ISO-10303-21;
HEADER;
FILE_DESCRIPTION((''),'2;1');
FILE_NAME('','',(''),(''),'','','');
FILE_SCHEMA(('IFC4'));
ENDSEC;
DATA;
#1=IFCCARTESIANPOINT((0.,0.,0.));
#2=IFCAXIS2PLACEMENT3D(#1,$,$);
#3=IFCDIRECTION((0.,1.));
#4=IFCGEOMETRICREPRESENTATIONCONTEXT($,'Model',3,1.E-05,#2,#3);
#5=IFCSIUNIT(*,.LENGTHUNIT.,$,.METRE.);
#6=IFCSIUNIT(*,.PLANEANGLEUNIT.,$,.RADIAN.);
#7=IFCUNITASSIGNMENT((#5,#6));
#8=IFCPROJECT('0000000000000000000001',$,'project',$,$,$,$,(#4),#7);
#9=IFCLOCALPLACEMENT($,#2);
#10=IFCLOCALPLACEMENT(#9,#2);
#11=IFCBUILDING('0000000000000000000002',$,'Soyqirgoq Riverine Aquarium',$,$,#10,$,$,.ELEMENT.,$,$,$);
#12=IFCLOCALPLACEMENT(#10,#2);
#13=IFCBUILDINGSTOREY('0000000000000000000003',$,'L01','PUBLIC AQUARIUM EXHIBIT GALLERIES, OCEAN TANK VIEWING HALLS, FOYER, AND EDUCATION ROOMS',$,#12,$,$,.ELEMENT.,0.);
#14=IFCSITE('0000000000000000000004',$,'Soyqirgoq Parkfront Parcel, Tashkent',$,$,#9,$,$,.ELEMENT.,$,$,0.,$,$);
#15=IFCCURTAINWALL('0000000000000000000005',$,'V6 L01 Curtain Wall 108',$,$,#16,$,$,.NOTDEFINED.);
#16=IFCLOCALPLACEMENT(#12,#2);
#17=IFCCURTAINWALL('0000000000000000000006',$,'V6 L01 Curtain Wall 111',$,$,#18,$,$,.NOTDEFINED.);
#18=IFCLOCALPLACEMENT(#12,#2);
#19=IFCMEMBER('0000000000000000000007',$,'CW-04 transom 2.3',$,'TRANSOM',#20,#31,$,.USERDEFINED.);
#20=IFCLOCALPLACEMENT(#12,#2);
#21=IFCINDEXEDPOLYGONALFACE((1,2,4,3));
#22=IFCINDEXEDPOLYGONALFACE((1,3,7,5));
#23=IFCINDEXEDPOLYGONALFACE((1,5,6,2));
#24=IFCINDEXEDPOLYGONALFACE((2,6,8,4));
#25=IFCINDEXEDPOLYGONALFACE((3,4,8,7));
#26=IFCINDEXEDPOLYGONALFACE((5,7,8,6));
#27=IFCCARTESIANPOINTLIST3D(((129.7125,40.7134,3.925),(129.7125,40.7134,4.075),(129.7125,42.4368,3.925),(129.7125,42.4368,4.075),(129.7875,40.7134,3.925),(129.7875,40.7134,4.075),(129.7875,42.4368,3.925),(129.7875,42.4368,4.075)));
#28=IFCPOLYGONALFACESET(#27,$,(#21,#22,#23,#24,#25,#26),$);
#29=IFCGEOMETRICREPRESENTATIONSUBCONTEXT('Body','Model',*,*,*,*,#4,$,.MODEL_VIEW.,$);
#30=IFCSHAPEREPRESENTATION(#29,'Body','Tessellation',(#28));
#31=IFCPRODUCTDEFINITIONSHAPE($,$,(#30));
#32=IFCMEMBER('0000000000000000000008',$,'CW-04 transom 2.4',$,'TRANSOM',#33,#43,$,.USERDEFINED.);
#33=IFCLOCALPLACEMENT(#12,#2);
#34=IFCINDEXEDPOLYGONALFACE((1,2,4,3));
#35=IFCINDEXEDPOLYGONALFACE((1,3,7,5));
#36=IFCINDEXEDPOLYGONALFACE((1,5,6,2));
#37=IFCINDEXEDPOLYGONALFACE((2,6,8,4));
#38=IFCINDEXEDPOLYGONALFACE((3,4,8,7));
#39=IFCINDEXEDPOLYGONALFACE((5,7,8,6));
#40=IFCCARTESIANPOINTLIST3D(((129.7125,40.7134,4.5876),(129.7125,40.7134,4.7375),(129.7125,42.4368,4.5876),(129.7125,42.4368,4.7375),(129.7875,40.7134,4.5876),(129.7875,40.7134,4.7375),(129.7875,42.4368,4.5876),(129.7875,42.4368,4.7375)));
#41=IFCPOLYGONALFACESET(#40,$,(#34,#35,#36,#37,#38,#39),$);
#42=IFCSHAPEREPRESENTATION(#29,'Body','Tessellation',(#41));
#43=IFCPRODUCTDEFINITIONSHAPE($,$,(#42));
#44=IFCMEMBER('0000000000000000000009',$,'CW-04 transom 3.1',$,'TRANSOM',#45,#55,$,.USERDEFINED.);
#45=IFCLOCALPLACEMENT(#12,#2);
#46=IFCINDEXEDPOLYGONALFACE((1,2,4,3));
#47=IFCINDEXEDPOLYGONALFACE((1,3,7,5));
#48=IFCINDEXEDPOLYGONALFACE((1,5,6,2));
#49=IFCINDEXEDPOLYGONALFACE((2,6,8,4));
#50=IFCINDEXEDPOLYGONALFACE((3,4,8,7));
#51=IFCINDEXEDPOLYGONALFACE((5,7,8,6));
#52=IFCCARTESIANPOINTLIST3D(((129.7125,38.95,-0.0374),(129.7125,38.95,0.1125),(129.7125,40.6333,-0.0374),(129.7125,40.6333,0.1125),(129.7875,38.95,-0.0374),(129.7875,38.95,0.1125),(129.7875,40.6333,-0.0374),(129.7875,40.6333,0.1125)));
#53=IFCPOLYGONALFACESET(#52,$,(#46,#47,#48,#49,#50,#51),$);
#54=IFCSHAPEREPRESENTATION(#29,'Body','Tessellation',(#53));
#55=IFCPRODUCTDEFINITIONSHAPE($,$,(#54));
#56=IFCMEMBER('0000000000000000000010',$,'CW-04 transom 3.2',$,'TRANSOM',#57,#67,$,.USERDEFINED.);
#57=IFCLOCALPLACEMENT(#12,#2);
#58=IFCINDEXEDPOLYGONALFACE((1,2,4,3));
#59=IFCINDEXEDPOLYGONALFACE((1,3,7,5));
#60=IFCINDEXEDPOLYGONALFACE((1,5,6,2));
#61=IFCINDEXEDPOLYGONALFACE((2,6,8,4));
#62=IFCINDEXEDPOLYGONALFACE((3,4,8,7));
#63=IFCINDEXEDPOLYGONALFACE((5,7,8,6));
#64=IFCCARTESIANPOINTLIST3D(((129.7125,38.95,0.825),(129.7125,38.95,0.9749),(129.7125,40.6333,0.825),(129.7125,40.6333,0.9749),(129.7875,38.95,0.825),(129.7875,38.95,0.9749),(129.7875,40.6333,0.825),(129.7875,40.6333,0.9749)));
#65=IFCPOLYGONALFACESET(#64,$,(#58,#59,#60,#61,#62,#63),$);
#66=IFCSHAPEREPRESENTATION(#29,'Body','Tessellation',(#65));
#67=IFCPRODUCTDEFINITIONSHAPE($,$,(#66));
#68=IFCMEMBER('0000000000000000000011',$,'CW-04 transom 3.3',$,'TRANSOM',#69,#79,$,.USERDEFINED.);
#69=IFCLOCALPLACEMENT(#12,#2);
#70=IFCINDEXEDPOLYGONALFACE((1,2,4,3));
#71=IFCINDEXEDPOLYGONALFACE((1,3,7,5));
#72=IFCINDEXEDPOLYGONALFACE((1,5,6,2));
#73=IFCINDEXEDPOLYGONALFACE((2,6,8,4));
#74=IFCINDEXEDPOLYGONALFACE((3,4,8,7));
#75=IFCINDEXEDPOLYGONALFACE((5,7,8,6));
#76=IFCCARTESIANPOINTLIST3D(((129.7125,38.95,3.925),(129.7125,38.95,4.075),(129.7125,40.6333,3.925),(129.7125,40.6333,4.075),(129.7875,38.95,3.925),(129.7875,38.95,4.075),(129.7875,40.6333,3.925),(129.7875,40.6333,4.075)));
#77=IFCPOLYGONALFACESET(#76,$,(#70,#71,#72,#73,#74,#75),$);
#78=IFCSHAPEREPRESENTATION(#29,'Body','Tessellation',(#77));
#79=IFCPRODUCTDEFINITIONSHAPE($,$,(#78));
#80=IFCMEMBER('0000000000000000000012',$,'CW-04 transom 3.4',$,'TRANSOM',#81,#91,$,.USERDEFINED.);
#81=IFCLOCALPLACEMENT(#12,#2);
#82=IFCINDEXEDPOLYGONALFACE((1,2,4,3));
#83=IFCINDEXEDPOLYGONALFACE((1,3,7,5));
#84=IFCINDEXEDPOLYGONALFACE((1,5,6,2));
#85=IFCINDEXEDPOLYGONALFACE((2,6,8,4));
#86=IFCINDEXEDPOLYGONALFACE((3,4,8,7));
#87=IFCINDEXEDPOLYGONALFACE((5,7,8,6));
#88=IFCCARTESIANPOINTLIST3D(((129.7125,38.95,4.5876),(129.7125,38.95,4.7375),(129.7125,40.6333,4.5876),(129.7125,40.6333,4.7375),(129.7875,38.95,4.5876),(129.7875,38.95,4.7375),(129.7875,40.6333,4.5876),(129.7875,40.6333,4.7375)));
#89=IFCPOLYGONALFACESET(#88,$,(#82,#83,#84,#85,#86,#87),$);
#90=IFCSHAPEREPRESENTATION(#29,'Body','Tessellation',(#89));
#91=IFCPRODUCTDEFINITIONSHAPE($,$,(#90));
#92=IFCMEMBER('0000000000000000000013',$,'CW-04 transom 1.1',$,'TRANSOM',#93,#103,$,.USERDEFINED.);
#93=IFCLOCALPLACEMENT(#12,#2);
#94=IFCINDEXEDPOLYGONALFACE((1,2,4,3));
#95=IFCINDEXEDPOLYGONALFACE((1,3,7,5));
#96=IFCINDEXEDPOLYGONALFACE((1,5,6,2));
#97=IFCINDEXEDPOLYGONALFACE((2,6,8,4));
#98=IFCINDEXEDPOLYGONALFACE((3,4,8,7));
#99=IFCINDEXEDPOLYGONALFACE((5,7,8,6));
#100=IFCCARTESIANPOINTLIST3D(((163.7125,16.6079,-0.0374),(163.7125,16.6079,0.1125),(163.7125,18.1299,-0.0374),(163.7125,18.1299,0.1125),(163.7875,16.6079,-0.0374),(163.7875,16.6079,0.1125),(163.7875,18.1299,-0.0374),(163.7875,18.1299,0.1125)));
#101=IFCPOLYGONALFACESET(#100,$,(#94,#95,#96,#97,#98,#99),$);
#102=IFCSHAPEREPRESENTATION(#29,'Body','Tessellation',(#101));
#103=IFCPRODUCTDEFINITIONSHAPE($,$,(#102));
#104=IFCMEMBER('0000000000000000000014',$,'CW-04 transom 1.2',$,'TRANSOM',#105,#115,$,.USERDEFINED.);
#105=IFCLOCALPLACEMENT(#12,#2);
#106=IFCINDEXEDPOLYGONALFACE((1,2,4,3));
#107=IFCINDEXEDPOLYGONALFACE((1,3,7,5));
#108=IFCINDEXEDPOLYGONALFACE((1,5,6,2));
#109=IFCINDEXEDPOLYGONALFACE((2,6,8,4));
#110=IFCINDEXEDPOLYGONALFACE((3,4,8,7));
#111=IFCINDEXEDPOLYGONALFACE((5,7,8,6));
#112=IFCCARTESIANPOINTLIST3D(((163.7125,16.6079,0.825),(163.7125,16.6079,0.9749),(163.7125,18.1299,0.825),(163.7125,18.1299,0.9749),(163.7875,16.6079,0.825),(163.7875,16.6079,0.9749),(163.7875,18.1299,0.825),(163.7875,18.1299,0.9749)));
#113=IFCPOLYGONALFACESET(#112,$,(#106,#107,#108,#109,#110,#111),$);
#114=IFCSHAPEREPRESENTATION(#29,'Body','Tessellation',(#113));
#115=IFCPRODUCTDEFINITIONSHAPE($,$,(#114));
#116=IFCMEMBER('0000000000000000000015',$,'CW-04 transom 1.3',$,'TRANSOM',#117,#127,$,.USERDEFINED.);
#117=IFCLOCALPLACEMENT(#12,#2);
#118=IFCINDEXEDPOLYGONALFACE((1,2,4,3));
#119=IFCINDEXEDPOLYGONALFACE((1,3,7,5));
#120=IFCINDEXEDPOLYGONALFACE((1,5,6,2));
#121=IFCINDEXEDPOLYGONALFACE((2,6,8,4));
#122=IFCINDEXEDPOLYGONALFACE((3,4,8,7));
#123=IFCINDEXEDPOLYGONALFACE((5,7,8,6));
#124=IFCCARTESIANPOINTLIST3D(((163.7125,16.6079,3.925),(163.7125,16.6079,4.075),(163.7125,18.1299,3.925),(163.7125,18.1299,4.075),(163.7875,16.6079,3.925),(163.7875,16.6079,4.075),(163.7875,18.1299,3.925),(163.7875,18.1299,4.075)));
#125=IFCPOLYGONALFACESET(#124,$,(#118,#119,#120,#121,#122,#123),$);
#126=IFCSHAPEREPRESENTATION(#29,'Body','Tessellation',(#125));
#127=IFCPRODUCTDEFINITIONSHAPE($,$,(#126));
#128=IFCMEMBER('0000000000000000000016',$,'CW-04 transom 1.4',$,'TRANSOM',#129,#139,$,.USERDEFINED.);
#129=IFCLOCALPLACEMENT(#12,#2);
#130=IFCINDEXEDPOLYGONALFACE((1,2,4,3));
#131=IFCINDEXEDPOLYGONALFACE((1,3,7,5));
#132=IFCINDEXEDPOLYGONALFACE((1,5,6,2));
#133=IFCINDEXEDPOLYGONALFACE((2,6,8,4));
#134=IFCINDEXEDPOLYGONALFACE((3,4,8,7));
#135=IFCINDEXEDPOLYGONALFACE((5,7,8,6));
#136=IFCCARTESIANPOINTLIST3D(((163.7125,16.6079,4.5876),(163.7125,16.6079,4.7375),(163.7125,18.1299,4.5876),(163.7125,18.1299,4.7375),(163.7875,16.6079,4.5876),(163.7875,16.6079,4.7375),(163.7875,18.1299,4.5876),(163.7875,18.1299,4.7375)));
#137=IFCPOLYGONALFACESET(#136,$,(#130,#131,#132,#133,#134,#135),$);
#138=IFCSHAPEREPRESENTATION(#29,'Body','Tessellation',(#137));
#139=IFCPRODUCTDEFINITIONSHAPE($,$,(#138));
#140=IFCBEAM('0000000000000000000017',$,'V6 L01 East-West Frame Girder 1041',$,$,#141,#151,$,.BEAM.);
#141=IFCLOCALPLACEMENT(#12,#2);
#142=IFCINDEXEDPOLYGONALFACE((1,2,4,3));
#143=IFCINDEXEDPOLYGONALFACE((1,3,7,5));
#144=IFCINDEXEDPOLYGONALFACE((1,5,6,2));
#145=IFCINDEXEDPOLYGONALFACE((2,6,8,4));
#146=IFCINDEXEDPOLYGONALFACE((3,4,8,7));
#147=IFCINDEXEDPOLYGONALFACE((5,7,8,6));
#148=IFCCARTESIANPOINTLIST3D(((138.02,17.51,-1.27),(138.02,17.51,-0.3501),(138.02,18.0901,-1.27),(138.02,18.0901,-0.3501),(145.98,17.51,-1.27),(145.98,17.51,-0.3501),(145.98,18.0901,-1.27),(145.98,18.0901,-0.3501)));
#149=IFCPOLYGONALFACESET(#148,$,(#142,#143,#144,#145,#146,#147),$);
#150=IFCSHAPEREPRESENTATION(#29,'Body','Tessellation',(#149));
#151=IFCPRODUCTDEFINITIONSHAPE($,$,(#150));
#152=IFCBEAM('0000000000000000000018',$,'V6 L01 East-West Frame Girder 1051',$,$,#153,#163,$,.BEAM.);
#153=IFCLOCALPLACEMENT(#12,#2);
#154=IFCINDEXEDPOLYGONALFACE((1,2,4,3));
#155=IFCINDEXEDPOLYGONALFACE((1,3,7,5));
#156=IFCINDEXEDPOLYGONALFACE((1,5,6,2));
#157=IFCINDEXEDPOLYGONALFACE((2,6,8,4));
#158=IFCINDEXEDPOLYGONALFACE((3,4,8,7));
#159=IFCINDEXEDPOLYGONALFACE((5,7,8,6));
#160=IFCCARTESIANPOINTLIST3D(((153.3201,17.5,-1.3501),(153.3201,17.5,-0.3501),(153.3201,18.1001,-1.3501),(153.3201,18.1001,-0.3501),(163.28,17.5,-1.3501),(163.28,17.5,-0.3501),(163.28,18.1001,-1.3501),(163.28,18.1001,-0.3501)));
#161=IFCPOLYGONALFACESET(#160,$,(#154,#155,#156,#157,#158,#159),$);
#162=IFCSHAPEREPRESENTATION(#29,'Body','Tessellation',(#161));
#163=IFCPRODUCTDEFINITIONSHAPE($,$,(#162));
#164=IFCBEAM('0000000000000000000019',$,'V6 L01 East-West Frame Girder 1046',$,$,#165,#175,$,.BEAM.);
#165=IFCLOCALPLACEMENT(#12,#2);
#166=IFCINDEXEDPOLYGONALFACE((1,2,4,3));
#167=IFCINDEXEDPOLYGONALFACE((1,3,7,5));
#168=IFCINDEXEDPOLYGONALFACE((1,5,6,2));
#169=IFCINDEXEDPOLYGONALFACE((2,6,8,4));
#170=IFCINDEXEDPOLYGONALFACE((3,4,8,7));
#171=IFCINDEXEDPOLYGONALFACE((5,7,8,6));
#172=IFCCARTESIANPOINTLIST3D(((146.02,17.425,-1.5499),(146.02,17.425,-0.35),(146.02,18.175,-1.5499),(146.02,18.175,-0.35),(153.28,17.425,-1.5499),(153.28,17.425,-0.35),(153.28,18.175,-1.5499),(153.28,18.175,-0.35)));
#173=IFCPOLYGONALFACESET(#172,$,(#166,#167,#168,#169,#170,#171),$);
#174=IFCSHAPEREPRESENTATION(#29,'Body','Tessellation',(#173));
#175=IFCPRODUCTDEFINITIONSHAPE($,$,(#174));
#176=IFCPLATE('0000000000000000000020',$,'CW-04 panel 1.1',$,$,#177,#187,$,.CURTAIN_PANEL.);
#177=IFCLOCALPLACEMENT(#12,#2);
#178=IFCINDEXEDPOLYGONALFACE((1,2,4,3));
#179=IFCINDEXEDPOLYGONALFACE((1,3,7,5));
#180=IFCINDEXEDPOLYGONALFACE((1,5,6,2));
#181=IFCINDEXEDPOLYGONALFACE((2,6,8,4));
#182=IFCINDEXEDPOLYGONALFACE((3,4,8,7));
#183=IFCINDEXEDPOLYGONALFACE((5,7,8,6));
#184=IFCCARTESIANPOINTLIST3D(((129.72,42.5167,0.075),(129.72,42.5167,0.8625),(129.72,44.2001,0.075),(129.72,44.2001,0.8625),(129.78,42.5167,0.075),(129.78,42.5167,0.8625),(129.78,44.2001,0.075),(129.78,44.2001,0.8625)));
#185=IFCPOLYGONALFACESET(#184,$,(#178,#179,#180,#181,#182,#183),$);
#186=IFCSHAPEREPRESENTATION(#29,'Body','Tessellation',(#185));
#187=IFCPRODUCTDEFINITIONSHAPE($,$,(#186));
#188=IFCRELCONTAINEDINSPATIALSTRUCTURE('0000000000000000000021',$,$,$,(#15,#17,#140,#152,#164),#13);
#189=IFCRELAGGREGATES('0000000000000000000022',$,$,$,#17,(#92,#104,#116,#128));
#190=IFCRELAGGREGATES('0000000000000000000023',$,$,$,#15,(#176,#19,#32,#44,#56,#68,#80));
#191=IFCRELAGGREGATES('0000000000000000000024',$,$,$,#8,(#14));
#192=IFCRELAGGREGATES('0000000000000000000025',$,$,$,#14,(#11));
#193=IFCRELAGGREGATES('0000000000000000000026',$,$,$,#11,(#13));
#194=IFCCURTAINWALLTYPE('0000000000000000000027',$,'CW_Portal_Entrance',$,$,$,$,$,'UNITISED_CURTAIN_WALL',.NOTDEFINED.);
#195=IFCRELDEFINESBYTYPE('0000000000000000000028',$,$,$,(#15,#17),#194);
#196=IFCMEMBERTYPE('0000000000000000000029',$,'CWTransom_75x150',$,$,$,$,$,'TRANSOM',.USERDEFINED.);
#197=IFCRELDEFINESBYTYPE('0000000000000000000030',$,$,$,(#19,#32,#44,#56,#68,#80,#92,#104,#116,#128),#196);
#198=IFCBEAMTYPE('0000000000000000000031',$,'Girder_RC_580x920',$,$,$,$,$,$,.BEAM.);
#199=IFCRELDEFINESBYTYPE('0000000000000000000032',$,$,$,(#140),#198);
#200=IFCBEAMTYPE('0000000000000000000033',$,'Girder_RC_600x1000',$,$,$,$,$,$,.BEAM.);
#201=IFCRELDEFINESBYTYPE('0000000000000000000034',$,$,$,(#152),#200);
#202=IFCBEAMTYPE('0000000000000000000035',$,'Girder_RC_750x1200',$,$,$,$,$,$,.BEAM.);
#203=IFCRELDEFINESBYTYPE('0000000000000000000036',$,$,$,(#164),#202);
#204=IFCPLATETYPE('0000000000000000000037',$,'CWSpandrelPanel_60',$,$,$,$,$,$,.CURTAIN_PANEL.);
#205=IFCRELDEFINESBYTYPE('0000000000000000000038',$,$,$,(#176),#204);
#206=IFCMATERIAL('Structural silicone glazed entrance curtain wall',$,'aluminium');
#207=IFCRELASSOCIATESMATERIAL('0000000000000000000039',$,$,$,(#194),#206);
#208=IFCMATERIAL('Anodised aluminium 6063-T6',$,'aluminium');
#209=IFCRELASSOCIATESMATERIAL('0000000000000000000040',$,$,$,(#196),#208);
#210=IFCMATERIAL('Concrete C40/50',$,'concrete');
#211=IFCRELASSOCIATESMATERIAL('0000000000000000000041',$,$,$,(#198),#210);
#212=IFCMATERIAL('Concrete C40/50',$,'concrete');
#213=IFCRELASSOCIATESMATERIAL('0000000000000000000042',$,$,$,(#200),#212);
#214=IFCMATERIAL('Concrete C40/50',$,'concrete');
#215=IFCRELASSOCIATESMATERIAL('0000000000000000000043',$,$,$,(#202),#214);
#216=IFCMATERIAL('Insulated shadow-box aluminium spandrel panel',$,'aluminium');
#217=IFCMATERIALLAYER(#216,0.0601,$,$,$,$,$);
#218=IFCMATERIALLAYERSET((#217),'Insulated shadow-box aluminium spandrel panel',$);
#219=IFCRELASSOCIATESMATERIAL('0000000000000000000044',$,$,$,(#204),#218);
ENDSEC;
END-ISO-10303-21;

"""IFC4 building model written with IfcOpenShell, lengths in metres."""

from ifc_helpers import new_model, si_unit, direction, frame, origin, origin_2d, place, context, subcontext, project, spatial, rectangle, extrude, material, layer, layer_set, material_profile, profile_set, type_object, element, aggregate, save


model = new_model("IFC4")

# Units and contexts
model_context = context("Model", 3, precision=1e-05, world=origin(), true_north=direction((0.0, 1.0)))
body_context = subcontext(model_context, "Body", "Model", "MODEL_VIEW")
ifc_project = project(units=[si_unit("LENGTHUNIT", "METRE"), si_unit("PLANEANGLEUNIT", "RADIAN")], contexts=[model_context])

# Site, building, storey
site_placement = place(None, origin())
site = spatial("IfcSite", under=ifc_project, at=site_placement, Name="Soyqirgoq Parkfront Parcel, Tashkent", CompositionType="ELEMENT", RefElevation=0.0)
building_placement = place(site_placement, origin())
building = spatial("IfcBuilding", under=site, at=building_placement, Name="Soyqirgoq Riverine Aquarium", CompositionType="ELEMENT")
storey_placement = place(building_placement, origin())
storey = spatial("IfcBuildingStorey", under=building, at=storey_placement, Name="L01", Description="PUBLIC AQUARIUM EXHIBIT GALLERIES, OCEAN TANK VIEWING HALLS, FOYER, AND EDUCATION ROOMS", CompositionType="ELEMENT", Elevation=0.0)

# Curtain wall
ifc_material_1 = material(Name="Structural silicone glazed entrance curtain wall", Category="aluminium")
curtain_wall_type = type_object("IfcCurtainWallType", Name="CW_Portal_Entrance", ElementType="UNITISED_CURTAIN_WALL", PredefinedType="NOTDEFINED", material=ifc_material_1)
curtain_wall_1_placement = place(storey_placement, origin())
curtain_wall_1 = element("IfcCurtainWall", 1, at=curtain_wall_1_placement, inside=storey, type_object=curtain_wall_type, Name="V6 L01 Curtain Wall 108", PredefinedType="NOTDEFINED")

# Curtain wall
curtain_wall_2_placement = place(storey_placement, origin())
curtain_wall_2 = element("IfcCurtainWall", 2, at=curtain_wall_2_placement, inside=storey, type_object=curtain_wall_type, Name="V6 L01 Curtain Wall 111", PredefinedType="NOTDEFINED")

# Members
ifc_material_2 = material(Name="Anodised aluminium 6063-T6", Category="aluminium")
ifc_material_profile_1 = material_profile(ifc_material_2, rectangle(XDim=0.075, YDim=0.1499, at=origin_2d()), Name="ALU-T 75x150")
ifc_profile_set_1 = profile_set([ifc_material_profile_1], Name="Anodised aluminium 6063-T6")
member_type_1 = type_object("IfcMemberType", Name="CWTransom_75x150", ElementType="TRANSOM", PredefinedType="USERDEFINED", material=ifc_profile_set_1)
member_1_placement = place(storey_placement, frame((129.75, 42.4368, 4.0), z_axis=(0.0, -1.0, 0.0), x_axis=(1.0, 0.0, 0.0)))
member_1 = element("IfcMember", 3, at=member_1_placement, type_object=member_type_1, Name="CW-04 transom 2.3", ObjectType="TRANSOM", PredefinedType="USERDEFINED", context=body_context, shape_type="SweptSolid", body=[
    extrude(rectangle(XDim=0.075, YDim=0.1499, at=origin_2d()), origin(), (0.0, 0.0, 1.0), 1.7234),
])
member_2_placement = place(storey_placement, frame((129.75, 42.4368, 4.6626), z_axis=(0.0, -1.0, 0.0), x_axis=(1.0, 0.0, 0.0)))
member_2 = element("IfcMember", 4, at=member_2_placement, type_object=member_type_1, Name="CW-04 transom 2.4", ObjectType="TRANSOM", PredefinedType="USERDEFINED", context=body_context, shape_type="SweptSolid", body=[
    extrude(rectangle(XDim=0.075, YDim=0.1499, at=origin_2d()), origin(), (0.0, 0.0, 1.0), 1.7234),
])
member_3_placement = place(storey_placement, frame((129.75, 40.6333, 0.0376), z_axis=(0.0, -1.0, 0.0), x_axis=(1.0, 0.0, 0.0)))
member_3 = element("IfcMember", 5, at=member_3_placement, type_object=member_type_1, Name="CW-04 transom 3.1", ObjectType="TRANSOM", PredefinedType="USERDEFINED", context=body_context, shape_type="SweptSolid", body=[
    extrude(rectangle(XDim=0.075, YDim=0.1499, at=origin_2d()), origin(), (0.0, 0.0, 1.0), 1.6833),
])
member_4_placement = place(storey_placement, frame((129.75, 40.6333, 0.8999), z_axis=(0.0, -1.0, 0.0), x_axis=(1.0, 0.0, 0.0)))
member_4 = element("IfcMember", 6, at=member_4_placement, type_object=member_type_1, Name="CW-04 transom 3.2", ObjectType="TRANSOM", PredefinedType="USERDEFINED", context=body_context, shape_type="SweptSolid", body=[
    extrude(rectangle(XDim=0.075, YDim=0.1499, at=origin_2d()), origin(), (0.0, 0.0, 1.0), 1.6833),
])
member_5_placement = place(storey_placement, frame((129.75, 40.6333, 4.0), z_axis=(0.0, -1.0, 0.0), x_axis=(1.0, 0.0, 0.0)))
member_5 = element("IfcMember", 7, at=member_5_placement, type_object=member_type_1, Name="CW-04 transom 3.3", ObjectType="TRANSOM", PredefinedType="USERDEFINED", context=body_context, shape_type="SweptSolid", body=[
    extrude(rectangle(XDim=0.075, YDim=0.1499, at=origin_2d()), origin(), (0.0, 0.0, 1.0), 1.6833),
])
member_6_placement = place(storey_placement, frame((129.75, 40.6333, 4.6626), z_axis=(0.0, -1.0, 0.0), x_axis=(1.0, 0.0, 0.0)))
member_6 = element("IfcMember", 8, at=member_6_placement, type_object=member_type_1, Name="CW-04 transom 3.4", ObjectType="TRANSOM", PredefinedType="USERDEFINED", context=body_context, shape_type="SweptSolid", body=[
    extrude(rectangle(XDim=0.075, YDim=0.1499, at=origin_2d()), origin(), (0.0, 0.0, 1.0), 1.6833),
])
member_7_placement = place(storey_placement, frame((163.75, 18.1299, 0.0376), z_axis=(0.0, -1.0, 0.0), x_axis=(1.0, 0.0, 0.0)))
member_7 = element("IfcMember", 9, at=member_7_placement, type_object=member_type_1, Name="CW-04 transom 1.1", ObjectType="TRANSOM", PredefinedType="USERDEFINED", context=body_context, shape_type="SweptSolid", body=[
    extrude(rectangle(XDim=0.075, YDim=0.1499, at=origin_2d()), origin(), (0.0, 0.0, 1.0), 1.522),
])
member_8_placement = place(storey_placement, frame((163.75, 18.1299, 0.8999), z_axis=(0.0, -1.0, 0.0), x_axis=(1.0, 0.0, 0.0)))
member_8 = element("IfcMember", 10, at=member_8_placement, type_object=member_type_1, Name="CW-04 transom 1.2", ObjectType="TRANSOM", PredefinedType="USERDEFINED", context=body_context, shape_type="SweptSolid", body=[
    extrude(rectangle(XDim=0.075, YDim=0.1499, at=origin_2d()), origin(), (0.0, 0.0, 1.0), 1.522),
])
member_9_placement = place(storey_placement, frame((163.75, 18.1299, 4.0), z_axis=(0.0, -1.0, 0.0), x_axis=(1.0, 0.0, 0.0)))
member_9 = element("IfcMember", 11, at=member_9_placement, type_object=member_type_1, Name="CW-04 transom 1.3", ObjectType="TRANSOM", PredefinedType="USERDEFINED", context=body_context, shape_type="SweptSolid", body=[
    extrude(rectangle(XDim=0.075, YDim=0.1499, at=origin_2d()), origin(), (0.0, 0.0, 1.0), 1.522),
])
member_10_placement = place(storey_placement, frame((163.75, 18.1299, 4.6626), z_axis=(0.0, -1.0, 0.0), x_axis=(1.0, 0.0, 0.0)))
member_10 = element("IfcMember", 12, at=member_10_placement, type_object=member_type_1, Name="CW-04 transom 1.4", ObjectType="TRANSOM", PredefinedType="USERDEFINED", context=body_context, shape_type="SweptSolid", body=[
    extrude(rectangle(XDim=0.075, YDim=0.1499, at=origin_2d()), origin(), (0.0, 0.0, 1.0), 1.522),
])
aggregate(curtain_wall_2, [member_7, member_8, member_9, member_10])

# Beams
ifc_material_3 = material(Name="Concrete C40/50", Category="concrete")
ifc_material_profile_2 = material_profile(ifc_material_3, rectangle(XDim=0.5801, YDim=0.9199, at=origin_2d()), Name="RC 580x920")
ifc_profile_set_2 = profile_set([ifc_material_profile_2], Name="Concrete C40/50")
beam_type_1 = type_object("IfcBeamType", Name="Girder_RC_580x920", PredefinedType="BEAM", material=ifc_profile_set_2)
beam_1_placement = place(storey_placement, frame((138.02, 17.8, -0.8101), z_axis=(1.0, 0.0, 0.0), x_axis=(0.0, 1.0, 0.0)))
element("IfcBeam", 13, at=beam_1_placement, inside=storey, type_object=beam_type_1, Name="V6 L01 East-West Frame Girder 1041", PredefinedType="BEAM", context=body_context, shape_type="SweptSolid", body=[
    extrude(rectangle(XDim=0.5801, YDim=0.9199, at=origin_2d()), origin(), (0.0, 0.0, 1.0), 7.96),
])
ifc_material_4 = material(Name="Concrete C40/50", Category="concrete")
ifc_material_profile_3 = material_profile(ifc_material_4, rectangle(XDim=0.6001, YDim=1.0, at=origin_2d()), Name="RC 600x1000")
ifc_profile_set_3 = profile_set([ifc_material_profile_3], Name="Concrete C40/50")
beam_type_2 = type_object("IfcBeamType", Name="Girder_RC_600x1000", PredefinedType="BEAM", material=ifc_profile_set_3)
beam_2_placement = place(storey_placement, frame((153.3201, 17.8, -0.8501), z_axis=(1.0, 0.0, 0.0), x_axis=(0.0, 1.0, 0.0)))
element("IfcBeam", 14, at=beam_2_placement, inside=storey, type_object=beam_type_2, Name="V6 L01 East-West Frame Girder 1051", PredefinedType="BEAM", context=body_context, shape_type="SweptSolid", body=[
    extrude(rectangle(XDim=0.6001, YDim=1.0, at=origin_2d()), origin(), (0.0, 0.0, 1.0), 9.96),
])
ifc_material_5 = material(Name="Concrete C40/50", Category="concrete")
ifc_material_profile_4 = material_profile(ifc_material_5, rectangle(XDim=0.75, YDim=1.2, at=origin_2d()), Name="RC 750x1200")
ifc_profile_set_4 = profile_set([ifc_material_profile_4], Name="Concrete C40/50")
beam_type_3 = type_object("IfcBeamType", Name="Girder_RC_750x1200", PredefinedType="BEAM", material=ifc_profile_set_4)
beam_3_placement = place(storey_placement, frame((146.02, 17.8, -0.95), z_axis=(1.0, 0.0, 0.0), x_axis=(0.0, 1.0, 0.0)))
element("IfcBeam", 15, at=beam_3_placement, inside=storey, type_object=beam_type_3, Name="V6 L01 East-West Frame Girder 1046", PredefinedType="BEAM", context=body_context, shape_type="SweptSolid", body=[
    extrude(rectangle(XDim=0.75, YDim=1.2, at=origin_2d()), origin(), (0.0, 0.0, 1.0), 7.26),
])

# Plate
ifc_material_6 = material(Name="Insulated shadow-box aluminium spandrel panel", Category="aluminium")
ifc_layer_1 = layer(ifc_material_6, 0.0601)
ifc_layer_set_1 = layer_set([ifc_layer_1], Name="Insulated shadow-box aluminium spandrel panel")
plate_type = type_object("IfcPlateType", Name="CWSpandrelPanel_60", PredefinedType="CURTAIN_PANEL", material=ifc_layer_set_1)
plate_1_placement = place(storey_placement, frame((129.75, 43.3584, 0.075), z_axis=(0.0, 0.0, 1.0), x_axis=(0.0, -1.0, 0.0)))
plate_1 = element("IfcPlate", 16, at=plate_1_placement, type_object=plate_type, Name="CW-04 panel 1.1", PredefinedType="CURTAIN_PANEL", context=body_context, shape_type="SweptSolid", body=[
    extrude(rectangle(XDim=1.6833, YDim=0.0601, at=origin_2d()), origin(), (0.0, 0.0, 1.0), 0.7876),
])
aggregate(curtain_wall_1, [plate_1, member_1, member_2, member_3, member_4, member_5, member_6])

save(model, "model.ifc")
